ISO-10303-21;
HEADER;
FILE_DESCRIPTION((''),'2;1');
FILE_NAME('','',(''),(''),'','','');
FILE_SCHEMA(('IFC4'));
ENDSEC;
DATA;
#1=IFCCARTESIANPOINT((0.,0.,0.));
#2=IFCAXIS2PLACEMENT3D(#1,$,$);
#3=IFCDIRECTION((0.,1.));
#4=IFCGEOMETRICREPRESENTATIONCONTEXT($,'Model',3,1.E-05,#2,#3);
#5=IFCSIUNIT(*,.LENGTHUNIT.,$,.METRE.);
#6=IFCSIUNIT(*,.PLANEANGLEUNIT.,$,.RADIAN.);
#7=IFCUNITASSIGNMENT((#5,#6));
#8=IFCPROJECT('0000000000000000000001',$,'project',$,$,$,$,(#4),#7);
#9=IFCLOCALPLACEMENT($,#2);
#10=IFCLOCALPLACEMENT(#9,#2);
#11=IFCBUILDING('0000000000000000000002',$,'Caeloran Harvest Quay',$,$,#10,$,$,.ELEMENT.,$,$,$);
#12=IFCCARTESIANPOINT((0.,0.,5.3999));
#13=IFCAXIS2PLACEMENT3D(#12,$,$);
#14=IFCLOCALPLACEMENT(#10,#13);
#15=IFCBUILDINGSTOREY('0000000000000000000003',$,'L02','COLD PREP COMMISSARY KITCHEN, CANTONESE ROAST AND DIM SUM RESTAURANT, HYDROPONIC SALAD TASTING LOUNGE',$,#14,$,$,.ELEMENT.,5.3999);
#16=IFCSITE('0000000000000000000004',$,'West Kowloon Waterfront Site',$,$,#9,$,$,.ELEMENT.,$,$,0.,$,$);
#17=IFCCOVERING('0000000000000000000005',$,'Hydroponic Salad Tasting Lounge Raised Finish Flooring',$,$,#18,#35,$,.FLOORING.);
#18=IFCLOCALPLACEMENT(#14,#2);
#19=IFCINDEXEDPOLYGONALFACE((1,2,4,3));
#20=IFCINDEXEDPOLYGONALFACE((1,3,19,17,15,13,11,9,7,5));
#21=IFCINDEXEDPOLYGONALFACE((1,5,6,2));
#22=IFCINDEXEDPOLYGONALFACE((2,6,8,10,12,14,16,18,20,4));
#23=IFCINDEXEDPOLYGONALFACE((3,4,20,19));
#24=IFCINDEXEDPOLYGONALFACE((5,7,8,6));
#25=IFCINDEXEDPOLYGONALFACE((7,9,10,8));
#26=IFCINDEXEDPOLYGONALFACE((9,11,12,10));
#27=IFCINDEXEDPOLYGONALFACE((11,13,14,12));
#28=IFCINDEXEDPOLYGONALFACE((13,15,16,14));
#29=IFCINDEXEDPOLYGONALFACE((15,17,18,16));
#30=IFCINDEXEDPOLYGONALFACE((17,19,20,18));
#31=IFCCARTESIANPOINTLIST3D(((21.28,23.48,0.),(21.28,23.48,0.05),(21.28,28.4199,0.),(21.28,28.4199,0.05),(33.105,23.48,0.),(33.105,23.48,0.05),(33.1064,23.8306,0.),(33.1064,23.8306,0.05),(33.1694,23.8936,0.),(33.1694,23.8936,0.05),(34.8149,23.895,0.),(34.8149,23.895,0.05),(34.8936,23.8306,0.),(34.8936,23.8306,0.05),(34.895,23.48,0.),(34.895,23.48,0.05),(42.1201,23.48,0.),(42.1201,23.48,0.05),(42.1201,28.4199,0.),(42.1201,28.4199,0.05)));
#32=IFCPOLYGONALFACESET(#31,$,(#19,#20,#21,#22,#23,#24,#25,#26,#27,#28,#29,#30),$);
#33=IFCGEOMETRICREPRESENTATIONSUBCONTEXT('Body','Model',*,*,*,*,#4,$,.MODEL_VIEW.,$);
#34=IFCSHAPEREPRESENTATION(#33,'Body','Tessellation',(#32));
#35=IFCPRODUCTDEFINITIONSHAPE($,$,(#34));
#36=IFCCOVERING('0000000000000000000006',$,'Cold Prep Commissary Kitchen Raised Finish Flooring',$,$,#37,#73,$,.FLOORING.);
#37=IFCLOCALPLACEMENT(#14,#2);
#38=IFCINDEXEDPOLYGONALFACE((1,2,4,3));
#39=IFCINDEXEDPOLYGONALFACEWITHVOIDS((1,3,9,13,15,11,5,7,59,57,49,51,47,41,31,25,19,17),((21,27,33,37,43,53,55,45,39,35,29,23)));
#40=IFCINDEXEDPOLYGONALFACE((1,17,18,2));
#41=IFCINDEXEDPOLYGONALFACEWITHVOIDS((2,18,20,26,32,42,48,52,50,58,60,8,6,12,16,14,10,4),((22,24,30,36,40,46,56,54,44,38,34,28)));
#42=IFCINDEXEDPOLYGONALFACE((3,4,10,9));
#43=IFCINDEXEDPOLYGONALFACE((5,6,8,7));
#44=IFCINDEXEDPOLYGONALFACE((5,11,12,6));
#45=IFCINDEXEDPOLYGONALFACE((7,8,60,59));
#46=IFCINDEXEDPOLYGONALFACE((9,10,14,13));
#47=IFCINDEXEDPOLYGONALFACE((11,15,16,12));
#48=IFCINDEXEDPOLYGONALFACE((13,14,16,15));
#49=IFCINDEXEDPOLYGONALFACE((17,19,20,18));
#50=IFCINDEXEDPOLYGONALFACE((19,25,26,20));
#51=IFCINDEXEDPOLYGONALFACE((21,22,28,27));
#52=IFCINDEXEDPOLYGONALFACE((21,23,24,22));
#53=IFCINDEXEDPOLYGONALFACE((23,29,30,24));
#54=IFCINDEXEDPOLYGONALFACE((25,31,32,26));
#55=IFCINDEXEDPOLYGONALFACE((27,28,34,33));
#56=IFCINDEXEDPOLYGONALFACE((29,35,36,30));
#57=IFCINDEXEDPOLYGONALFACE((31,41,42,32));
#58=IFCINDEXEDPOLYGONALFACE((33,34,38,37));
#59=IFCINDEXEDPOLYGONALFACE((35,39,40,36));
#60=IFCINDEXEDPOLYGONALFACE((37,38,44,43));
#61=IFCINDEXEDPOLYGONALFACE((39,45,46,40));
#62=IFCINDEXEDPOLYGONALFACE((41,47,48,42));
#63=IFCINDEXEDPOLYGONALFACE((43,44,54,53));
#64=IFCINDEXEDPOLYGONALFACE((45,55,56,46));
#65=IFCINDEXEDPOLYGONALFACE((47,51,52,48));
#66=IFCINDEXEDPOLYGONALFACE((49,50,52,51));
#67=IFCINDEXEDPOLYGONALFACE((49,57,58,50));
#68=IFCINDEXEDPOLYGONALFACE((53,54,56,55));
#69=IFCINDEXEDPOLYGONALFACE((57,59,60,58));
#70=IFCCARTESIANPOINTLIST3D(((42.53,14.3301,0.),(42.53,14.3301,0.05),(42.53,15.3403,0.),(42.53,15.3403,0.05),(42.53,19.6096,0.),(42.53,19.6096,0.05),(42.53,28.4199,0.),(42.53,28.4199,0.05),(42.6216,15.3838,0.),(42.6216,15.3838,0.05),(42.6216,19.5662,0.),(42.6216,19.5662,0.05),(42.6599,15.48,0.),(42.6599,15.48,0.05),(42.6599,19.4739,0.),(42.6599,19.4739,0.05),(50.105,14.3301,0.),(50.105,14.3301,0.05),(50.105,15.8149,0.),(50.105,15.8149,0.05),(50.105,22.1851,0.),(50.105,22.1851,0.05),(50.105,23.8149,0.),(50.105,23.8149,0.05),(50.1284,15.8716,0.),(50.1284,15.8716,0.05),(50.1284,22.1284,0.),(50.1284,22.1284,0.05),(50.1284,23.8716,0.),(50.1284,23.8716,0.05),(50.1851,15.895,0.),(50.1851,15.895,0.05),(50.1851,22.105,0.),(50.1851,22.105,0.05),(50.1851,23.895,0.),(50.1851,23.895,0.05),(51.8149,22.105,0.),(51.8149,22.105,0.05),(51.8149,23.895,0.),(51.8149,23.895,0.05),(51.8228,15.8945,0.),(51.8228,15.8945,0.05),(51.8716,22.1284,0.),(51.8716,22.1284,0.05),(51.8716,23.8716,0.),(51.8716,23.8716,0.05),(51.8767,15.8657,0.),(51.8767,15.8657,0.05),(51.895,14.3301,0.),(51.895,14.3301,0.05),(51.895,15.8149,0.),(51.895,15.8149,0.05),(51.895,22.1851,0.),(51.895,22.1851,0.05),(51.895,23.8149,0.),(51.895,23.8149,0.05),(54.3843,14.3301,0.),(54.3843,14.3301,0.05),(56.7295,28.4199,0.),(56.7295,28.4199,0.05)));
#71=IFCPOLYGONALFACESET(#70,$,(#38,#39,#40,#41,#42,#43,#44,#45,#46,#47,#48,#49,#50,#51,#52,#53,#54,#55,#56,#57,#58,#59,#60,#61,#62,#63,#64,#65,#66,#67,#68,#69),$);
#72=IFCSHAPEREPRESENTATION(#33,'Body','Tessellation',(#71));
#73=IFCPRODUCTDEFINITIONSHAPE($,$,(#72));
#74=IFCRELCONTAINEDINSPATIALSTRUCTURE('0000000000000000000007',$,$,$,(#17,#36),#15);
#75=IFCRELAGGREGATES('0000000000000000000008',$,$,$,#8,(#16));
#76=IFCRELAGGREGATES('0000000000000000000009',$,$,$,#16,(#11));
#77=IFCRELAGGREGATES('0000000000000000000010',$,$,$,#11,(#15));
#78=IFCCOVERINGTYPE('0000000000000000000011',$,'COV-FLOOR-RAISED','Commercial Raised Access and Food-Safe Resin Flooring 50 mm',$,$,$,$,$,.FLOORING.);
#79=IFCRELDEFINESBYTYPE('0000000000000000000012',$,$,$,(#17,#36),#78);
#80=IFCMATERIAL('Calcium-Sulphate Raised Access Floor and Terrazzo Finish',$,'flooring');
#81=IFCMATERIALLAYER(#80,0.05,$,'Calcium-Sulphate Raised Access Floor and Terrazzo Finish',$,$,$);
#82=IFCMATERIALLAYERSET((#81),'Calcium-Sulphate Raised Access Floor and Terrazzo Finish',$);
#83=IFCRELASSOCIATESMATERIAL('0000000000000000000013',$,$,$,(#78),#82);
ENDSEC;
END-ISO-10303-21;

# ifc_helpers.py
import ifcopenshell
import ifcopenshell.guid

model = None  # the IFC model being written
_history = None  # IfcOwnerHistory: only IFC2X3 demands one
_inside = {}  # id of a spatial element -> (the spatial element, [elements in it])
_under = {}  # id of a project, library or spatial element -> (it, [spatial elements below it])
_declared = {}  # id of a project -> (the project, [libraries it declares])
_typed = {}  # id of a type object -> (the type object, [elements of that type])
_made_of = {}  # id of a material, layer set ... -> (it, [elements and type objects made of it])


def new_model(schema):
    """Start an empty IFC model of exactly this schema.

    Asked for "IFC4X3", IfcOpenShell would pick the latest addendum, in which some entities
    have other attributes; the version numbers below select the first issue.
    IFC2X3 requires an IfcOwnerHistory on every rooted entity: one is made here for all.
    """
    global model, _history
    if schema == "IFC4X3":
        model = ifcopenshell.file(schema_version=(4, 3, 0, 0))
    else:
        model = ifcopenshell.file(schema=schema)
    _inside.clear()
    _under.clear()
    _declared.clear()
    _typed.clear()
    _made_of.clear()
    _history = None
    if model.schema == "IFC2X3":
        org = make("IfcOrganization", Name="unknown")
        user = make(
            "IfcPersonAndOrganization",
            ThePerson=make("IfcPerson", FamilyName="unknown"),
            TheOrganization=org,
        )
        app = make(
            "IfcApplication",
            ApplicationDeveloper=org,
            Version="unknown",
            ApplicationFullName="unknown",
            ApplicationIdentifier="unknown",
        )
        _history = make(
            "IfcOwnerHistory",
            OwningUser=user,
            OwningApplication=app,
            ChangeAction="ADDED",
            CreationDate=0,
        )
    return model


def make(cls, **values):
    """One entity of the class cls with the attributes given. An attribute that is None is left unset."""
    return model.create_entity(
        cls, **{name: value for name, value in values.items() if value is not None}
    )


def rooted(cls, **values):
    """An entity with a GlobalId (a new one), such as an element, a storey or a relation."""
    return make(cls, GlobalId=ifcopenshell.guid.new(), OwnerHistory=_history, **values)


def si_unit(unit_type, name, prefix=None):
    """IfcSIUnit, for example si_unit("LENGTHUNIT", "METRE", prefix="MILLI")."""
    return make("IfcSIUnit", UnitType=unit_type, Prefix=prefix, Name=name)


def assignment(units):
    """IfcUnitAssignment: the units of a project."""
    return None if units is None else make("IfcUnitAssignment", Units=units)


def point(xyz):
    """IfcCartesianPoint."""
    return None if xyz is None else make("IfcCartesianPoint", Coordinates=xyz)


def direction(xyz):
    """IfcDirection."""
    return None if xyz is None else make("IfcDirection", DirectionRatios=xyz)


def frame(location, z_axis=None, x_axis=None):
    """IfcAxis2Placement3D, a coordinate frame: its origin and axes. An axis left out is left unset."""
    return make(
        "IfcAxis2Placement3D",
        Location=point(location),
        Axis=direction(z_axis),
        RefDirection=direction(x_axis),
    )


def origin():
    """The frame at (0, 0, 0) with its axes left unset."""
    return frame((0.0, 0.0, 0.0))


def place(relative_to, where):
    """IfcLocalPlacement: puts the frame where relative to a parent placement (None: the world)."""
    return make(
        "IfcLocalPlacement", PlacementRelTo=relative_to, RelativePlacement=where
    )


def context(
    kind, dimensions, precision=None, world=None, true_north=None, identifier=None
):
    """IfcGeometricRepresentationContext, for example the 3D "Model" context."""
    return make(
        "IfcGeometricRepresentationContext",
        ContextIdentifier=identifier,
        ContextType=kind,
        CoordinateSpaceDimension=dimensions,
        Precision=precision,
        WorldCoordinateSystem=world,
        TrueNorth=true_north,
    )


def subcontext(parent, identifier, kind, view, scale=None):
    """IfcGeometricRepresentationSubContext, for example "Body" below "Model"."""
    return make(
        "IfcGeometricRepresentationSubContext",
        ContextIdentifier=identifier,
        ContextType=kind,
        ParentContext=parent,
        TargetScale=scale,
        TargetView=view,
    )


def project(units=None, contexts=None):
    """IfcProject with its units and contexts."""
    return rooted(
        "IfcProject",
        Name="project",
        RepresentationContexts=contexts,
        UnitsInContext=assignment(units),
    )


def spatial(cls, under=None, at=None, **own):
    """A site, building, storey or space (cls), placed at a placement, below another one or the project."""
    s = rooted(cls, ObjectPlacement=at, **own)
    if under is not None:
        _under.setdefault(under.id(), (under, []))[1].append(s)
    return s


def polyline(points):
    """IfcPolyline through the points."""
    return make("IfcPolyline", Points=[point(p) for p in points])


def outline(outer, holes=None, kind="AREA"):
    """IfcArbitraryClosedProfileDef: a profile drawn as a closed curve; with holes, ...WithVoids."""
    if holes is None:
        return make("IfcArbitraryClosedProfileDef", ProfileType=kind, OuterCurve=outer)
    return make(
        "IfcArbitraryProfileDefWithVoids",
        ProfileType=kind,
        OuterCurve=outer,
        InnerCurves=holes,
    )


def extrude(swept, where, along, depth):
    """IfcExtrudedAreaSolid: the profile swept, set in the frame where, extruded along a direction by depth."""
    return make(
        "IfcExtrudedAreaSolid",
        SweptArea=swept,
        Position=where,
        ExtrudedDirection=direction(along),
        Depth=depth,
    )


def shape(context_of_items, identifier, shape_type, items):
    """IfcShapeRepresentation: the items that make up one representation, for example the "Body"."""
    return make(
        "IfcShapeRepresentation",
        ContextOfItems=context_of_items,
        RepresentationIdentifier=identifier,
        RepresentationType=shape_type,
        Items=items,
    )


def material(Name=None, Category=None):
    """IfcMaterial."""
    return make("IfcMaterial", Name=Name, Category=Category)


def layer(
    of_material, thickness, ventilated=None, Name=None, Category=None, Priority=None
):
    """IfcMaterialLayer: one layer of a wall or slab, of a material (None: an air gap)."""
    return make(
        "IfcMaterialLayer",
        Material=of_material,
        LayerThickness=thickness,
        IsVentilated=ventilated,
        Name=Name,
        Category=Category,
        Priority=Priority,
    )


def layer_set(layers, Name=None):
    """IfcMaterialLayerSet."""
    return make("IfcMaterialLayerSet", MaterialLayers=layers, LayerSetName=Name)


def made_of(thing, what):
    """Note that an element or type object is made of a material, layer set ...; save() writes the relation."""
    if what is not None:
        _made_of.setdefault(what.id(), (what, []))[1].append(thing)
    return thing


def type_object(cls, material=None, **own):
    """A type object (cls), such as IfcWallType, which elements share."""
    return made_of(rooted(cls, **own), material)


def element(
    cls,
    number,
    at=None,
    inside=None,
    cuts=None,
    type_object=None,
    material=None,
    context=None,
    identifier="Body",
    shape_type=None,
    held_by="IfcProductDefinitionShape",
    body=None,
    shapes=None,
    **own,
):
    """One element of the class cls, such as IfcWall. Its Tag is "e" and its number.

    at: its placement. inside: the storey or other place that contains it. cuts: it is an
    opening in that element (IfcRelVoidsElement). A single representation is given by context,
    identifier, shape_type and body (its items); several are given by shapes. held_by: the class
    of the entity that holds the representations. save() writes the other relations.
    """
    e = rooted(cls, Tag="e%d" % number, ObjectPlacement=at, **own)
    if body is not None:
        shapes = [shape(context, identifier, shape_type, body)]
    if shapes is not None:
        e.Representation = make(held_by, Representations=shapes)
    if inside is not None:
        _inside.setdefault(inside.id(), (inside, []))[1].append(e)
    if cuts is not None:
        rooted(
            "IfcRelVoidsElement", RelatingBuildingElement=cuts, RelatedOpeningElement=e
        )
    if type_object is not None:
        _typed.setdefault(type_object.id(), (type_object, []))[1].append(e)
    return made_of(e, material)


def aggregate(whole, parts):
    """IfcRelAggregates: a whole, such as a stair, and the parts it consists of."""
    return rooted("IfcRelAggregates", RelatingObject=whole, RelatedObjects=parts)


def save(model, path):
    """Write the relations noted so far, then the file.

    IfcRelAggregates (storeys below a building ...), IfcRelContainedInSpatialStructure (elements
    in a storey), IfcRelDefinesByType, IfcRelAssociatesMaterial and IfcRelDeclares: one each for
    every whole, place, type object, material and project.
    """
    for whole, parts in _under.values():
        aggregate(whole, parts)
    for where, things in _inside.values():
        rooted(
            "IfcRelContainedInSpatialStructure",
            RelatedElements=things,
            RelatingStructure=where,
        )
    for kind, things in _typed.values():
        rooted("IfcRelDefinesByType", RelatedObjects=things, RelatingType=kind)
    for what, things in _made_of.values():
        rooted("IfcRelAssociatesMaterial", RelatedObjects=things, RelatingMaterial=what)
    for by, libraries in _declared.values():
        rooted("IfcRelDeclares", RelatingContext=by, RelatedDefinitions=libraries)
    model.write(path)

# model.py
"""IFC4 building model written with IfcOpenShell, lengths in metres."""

from ifc_helpers import new_model, si_unit, direction, frame, origin, place, context, subcontext, project, spatial, polyline, outline, extrude, material, layer, layer_set, type_object, element, save


model = new_model("IFC4")

# Units and contexts
model_context = context("Model", 3, precision=1e-05, world=origin(), true_north=direction((0.0, 1.0)))
body_context = subcontext(model_context, "Body", "Model", "MODEL_VIEW")
ifc_project = project(units=[si_unit("LENGTHUNIT", "METRE"), si_unit("PLANEANGLEUNIT", "RADIAN")], contexts=[model_context])

# Site, building, storey
site_placement = place(None, origin())
site = spatial("IfcSite", under=ifc_project, at=site_placement, Name="West Kowloon Waterfront Site", CompositionType="ELEMENT", RefElevation=0.0)
building_placement = place(site_placement, origin())
building = spatial("IfcBuilding", under=site, at=building_placement, Name="Caeloran Harvest Quay", CompositionType="ELEMENT")
storey_placement = place(building_placement, frame((0.0, 0.0, 5.3999)))
storey = spatial("IfcBuildingStorey", under=building, at=storey_placement, Name="L02", Description="COLD PREP COMMISSARY KITCHEN, CANTONESE ROAST AND DIM SUM RESTAURANT, HYDROPONIC SALAD TASTING LOUNGE", CompositionType="ELEMENT", Elevation=5.3999)

# Coverings
ifc_material_1 = material(Name="Calcium-Sulphate Raised Access Floor and Terrazzo Finish", Category="flooring")
ifc_layer_1 = layer(ifc_material_1, 0.05, Name="Calcium-Sulphate Raised Access Floor and Terrazzo Finish")
ifc_layer_set_1 = layer_set([ifc_layer_1], Name="Calcium-Sulphate Raised Access Floor and Terrazzo Finish")
covering_type_1 = type_object("IfcCoveringType", Name="COV-FLOOR-RAISED", Description="Commercial Raised Access and Food-Safe Resin Flooring 50 mm", PredefinedType="FLOORING", material=ifc_layer_set_1)
covering_1_placement = place(storey_placement, origin())
element("IfcCovering", 1, at=covering_1_placement, inside=storey, type_object=covering_type_1, Name="Hydroponic Salad Tasting Lounge Raised Finish Flooring", PredefinedType="FLOORING", context=body_context, shape_type="SweptSolid", body=[
    extrude(outline(polyline([(42.1201, 28.4199), (42.1201, 23.48), (34.895, 23.48), (34.8936, 23.8306), (34.8149, 23.895), (33.1694, 23.8936), (33.1064, 23.8306), (33.105, 23.48), (21.28, 23.48), (21.28, 28.4199), (42.1201, 28.4199)])), origin(), (0.0, 0.0, 1.0), 0.05),
])
covering_2_placement = place(storey_placement, origin())
element("IfcCovering", 2, at=covering_2_placement, inside=storey, type_object=covering_type_1, Name="Cold Prep Commissary Kitchen Raised Finish Flooring", PredefinedType="FLOORING", context=body_context, shape_type="SweptSolid", body=[
    extrude(outline(polyline([(42.53, 15.3403), (42.6216, 15.3838), (42.6599, 15.48), (42.6599, 19.4739), (42.6216, 19.5662), (42.53, 19.6096), (42.53, 28.4199), (56.7295, 28.4199), (54.3843, 14.3301), (51.895, 14.3301), (51.895, 15.8149), (51.8767, 15.8657), (51.8228, 15.8945), (50.1851, 15.895), (50.1284, 15.8716), (50.105, 15.8149), (50.105, 14.3301), (42.53, 14.3301), (42.53, 15.3403)]), holes=[polyline([(51.895, 23.8149), (51.8716, 23.8716), (51.8149, 23.895), (50.1851, 23.895), (50.1284, 23.8716), (50.105, 23.8149), (50.105, 22.1851), (50.1284, 22.1284), (50.1851, 22.105), (51.8149, 22.105), (51.8716, 22.1284), (51.895, 22.1851), (51.895, 23.8149)])]), origin(), (0.0, 0.0, 1.0), 0.05),
])

save(model, "model.ifc")
